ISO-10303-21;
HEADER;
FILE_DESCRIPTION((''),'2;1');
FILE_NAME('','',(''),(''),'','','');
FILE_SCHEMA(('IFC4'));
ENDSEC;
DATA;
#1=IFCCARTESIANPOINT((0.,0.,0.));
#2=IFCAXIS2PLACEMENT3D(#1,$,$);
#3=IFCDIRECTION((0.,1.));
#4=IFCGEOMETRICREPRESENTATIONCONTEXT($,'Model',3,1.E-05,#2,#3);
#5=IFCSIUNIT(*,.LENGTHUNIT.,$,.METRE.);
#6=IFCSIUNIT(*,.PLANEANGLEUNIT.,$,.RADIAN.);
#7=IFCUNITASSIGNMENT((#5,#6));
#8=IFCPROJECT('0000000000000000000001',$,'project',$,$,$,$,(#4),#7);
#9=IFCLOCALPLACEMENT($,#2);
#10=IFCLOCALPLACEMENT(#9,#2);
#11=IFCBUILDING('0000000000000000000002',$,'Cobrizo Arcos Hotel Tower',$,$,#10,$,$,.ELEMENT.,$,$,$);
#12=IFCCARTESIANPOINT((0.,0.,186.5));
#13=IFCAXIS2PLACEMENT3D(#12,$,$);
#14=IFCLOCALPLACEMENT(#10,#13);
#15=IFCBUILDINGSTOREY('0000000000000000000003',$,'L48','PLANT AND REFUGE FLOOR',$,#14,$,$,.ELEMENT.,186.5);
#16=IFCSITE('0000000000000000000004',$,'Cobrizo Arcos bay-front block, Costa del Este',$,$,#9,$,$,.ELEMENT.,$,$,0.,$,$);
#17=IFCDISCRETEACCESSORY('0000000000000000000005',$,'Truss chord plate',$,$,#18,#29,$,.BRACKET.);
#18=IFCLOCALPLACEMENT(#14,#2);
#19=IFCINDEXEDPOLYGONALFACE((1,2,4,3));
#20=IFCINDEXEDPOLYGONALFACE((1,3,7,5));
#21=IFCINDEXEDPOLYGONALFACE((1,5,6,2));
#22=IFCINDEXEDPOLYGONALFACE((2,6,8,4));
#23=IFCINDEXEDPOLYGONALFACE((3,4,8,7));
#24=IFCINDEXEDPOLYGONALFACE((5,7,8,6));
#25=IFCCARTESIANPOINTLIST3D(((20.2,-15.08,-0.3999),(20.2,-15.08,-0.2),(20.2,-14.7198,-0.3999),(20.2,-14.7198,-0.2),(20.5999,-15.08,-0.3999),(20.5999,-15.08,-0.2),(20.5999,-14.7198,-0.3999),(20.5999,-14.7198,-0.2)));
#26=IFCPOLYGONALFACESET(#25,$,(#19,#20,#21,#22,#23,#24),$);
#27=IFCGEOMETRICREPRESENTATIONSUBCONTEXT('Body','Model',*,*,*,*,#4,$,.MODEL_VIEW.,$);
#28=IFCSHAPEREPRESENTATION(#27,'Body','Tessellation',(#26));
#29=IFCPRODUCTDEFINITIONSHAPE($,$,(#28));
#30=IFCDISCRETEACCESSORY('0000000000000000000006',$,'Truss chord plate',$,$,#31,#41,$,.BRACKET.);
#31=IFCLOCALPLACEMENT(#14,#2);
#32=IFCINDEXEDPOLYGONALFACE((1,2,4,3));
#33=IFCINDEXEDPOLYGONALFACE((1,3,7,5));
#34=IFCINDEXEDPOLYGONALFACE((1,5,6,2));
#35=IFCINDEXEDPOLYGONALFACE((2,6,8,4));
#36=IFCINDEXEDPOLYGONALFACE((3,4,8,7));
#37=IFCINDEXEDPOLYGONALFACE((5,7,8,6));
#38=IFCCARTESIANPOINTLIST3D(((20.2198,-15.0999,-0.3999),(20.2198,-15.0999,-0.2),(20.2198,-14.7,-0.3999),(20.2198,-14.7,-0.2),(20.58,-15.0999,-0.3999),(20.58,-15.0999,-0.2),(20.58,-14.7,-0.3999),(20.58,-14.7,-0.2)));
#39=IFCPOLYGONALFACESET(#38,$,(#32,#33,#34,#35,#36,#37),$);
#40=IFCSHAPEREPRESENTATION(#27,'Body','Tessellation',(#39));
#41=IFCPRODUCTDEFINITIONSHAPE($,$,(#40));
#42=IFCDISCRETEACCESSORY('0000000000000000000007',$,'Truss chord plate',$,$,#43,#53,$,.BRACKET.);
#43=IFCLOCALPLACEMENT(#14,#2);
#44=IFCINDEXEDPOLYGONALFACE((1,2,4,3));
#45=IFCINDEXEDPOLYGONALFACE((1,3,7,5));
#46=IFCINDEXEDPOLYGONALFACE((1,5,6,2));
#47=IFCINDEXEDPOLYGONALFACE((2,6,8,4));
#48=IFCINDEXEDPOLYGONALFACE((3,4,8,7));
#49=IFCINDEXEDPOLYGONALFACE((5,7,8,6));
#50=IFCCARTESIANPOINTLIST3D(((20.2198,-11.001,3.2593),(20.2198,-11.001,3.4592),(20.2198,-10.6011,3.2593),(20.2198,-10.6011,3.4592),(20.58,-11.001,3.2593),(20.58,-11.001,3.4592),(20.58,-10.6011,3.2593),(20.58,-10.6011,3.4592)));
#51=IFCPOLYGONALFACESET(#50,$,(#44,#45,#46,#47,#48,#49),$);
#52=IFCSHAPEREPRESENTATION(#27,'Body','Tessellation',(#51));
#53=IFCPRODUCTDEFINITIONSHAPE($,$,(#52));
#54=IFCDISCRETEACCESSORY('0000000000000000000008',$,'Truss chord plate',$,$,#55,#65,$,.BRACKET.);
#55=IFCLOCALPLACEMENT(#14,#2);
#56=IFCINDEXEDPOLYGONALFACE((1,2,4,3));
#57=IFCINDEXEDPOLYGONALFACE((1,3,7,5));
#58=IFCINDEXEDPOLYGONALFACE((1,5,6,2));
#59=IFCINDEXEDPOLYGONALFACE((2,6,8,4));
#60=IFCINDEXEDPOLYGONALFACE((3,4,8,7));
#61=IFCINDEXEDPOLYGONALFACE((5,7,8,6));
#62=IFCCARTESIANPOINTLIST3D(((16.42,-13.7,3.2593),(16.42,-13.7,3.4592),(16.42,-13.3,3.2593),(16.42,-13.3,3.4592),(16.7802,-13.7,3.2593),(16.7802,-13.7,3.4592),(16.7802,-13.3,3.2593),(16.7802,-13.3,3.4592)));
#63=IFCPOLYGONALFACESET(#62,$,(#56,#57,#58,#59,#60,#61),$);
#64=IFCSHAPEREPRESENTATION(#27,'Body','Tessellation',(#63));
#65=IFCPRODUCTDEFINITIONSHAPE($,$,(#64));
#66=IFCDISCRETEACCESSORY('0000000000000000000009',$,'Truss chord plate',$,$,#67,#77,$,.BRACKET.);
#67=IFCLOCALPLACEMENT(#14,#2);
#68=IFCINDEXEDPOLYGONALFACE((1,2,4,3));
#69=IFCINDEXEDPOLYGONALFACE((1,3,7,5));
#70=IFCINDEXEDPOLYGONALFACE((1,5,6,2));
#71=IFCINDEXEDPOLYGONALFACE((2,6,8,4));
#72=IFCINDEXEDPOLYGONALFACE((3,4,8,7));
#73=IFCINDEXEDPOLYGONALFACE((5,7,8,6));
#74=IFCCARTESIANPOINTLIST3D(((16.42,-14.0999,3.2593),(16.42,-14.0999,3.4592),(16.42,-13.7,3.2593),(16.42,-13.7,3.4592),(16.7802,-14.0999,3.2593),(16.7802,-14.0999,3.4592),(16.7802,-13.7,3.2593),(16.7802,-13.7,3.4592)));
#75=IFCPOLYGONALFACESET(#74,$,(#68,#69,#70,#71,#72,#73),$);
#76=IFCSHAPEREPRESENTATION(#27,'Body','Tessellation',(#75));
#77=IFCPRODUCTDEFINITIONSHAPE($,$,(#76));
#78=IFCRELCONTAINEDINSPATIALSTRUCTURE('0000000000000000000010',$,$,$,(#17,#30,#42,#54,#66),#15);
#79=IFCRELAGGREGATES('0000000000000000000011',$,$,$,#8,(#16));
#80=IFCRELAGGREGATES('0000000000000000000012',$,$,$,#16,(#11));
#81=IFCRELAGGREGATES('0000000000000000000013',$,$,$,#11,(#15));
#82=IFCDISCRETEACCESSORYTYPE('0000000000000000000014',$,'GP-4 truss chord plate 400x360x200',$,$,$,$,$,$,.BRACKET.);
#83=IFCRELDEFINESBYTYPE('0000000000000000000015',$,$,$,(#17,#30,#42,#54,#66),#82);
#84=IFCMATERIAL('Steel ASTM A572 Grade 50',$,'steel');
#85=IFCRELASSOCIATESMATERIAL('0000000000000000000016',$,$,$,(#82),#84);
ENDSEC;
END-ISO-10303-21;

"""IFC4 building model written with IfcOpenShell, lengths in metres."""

from ifc_helpers import new_model, si_unit, direction, frame, origin, origin_2d, place, context, subcontext, project, spatial, rectangle, extrude, material, type_object, element, save


model = new_model("IFC4")

# Units and contexts
model_context = context("Model", 3, precision=1e-05, world=origin(), true_north=direction((0.0, 1.0)))
body_context = subcontext(model_context, "Body", "Model", "MODEL_VIEW")
ifc_project = project(units=[si_unit("LENGTHUNIT", "METRE"), si_unit("PLANEANGLEUNIT", "RADIAN")], contexts=[model_context])

# Site, building, storey
site_placement = place(None, origin())
site = spatial("IfcSite", under=ifc_project, at=site_placement, Name="Cobrizo Arcos bay-front block, Costa del Este", CompositionType="ELEMENT", RefElevation=0.0)
building_placement = place(site_placement, origin())
building = spatial("IfcBuilding", under=site, at=building_placement, Name="Cobrizo Arcos Hotel Tower", CompositionType="ELEMENT")
storey_placement = place(building_placement, frame((0.0, 0.0, 186.5)))
storey = spatial("IfcBuildingStorey", under=building, at=storey_placement, Name="L48", Description="PLANT AND REFUGE FLOOR", CompositionType="ELEMENT", Elevation=186.5)

# Shared definitions
ifc_material_1 = material(Name="Steel ASTM A572 Grade 50", Category="steel")

# Discrete accessories
discrete_accessory_type_1 = type_object("IfcDiscreteAccessoryType", Name="GP-4 truss chord plate 400x360x200", PredefinedType="BRACKET", material=ifc_material_1)
for number, where, z_axis, x_axis, name in (
    (1, (20.3999, -14.8999, -0.3999), (0.0, 0.0, 1.0), (1.0, 0.0, 0.0), "Truss chord plate"),
    (2, (20.3999, -14.8999, -0.3999), (0.0, 0.0, 1.0), (0.0, 1.0, 0.0), "Truss chord plate"),
    (3, (20.3999, -10.801, 3.2593), (0.0, 0.0, 1.0), (0.0, 1.0, 0.0), "Truss chord plate"),
    (4, (16.6001, -13.5, 3.2593), (0.0, 0.0, 1.0), (0.0, -1.0, 0.0), "Truss chord plate"),
    (5, (16.6001, -13.8999, 3.2593), (0.0, 0.0, 1.0), (0.0, -1.0, 0.0), "Truss chord plate"),
):
    element("IfcDiscreteAccessory", number, at=place(storey_placement, frame(where, z_axis=z_axis, x_axis=x_axis)), inside=storey, type_object=discrete_accessory_type_1, Name=name, PredefinedType="BRACKET", context=body_context, shape_type="SweptSolid", body=[
        extrude(rectangle(XDim=0.3999, YDim=0.3601, at=origin_2d()), origin(), (0.0, 0.0, 1.0), 0.2),
    ])

save(model, "model.ifc")
